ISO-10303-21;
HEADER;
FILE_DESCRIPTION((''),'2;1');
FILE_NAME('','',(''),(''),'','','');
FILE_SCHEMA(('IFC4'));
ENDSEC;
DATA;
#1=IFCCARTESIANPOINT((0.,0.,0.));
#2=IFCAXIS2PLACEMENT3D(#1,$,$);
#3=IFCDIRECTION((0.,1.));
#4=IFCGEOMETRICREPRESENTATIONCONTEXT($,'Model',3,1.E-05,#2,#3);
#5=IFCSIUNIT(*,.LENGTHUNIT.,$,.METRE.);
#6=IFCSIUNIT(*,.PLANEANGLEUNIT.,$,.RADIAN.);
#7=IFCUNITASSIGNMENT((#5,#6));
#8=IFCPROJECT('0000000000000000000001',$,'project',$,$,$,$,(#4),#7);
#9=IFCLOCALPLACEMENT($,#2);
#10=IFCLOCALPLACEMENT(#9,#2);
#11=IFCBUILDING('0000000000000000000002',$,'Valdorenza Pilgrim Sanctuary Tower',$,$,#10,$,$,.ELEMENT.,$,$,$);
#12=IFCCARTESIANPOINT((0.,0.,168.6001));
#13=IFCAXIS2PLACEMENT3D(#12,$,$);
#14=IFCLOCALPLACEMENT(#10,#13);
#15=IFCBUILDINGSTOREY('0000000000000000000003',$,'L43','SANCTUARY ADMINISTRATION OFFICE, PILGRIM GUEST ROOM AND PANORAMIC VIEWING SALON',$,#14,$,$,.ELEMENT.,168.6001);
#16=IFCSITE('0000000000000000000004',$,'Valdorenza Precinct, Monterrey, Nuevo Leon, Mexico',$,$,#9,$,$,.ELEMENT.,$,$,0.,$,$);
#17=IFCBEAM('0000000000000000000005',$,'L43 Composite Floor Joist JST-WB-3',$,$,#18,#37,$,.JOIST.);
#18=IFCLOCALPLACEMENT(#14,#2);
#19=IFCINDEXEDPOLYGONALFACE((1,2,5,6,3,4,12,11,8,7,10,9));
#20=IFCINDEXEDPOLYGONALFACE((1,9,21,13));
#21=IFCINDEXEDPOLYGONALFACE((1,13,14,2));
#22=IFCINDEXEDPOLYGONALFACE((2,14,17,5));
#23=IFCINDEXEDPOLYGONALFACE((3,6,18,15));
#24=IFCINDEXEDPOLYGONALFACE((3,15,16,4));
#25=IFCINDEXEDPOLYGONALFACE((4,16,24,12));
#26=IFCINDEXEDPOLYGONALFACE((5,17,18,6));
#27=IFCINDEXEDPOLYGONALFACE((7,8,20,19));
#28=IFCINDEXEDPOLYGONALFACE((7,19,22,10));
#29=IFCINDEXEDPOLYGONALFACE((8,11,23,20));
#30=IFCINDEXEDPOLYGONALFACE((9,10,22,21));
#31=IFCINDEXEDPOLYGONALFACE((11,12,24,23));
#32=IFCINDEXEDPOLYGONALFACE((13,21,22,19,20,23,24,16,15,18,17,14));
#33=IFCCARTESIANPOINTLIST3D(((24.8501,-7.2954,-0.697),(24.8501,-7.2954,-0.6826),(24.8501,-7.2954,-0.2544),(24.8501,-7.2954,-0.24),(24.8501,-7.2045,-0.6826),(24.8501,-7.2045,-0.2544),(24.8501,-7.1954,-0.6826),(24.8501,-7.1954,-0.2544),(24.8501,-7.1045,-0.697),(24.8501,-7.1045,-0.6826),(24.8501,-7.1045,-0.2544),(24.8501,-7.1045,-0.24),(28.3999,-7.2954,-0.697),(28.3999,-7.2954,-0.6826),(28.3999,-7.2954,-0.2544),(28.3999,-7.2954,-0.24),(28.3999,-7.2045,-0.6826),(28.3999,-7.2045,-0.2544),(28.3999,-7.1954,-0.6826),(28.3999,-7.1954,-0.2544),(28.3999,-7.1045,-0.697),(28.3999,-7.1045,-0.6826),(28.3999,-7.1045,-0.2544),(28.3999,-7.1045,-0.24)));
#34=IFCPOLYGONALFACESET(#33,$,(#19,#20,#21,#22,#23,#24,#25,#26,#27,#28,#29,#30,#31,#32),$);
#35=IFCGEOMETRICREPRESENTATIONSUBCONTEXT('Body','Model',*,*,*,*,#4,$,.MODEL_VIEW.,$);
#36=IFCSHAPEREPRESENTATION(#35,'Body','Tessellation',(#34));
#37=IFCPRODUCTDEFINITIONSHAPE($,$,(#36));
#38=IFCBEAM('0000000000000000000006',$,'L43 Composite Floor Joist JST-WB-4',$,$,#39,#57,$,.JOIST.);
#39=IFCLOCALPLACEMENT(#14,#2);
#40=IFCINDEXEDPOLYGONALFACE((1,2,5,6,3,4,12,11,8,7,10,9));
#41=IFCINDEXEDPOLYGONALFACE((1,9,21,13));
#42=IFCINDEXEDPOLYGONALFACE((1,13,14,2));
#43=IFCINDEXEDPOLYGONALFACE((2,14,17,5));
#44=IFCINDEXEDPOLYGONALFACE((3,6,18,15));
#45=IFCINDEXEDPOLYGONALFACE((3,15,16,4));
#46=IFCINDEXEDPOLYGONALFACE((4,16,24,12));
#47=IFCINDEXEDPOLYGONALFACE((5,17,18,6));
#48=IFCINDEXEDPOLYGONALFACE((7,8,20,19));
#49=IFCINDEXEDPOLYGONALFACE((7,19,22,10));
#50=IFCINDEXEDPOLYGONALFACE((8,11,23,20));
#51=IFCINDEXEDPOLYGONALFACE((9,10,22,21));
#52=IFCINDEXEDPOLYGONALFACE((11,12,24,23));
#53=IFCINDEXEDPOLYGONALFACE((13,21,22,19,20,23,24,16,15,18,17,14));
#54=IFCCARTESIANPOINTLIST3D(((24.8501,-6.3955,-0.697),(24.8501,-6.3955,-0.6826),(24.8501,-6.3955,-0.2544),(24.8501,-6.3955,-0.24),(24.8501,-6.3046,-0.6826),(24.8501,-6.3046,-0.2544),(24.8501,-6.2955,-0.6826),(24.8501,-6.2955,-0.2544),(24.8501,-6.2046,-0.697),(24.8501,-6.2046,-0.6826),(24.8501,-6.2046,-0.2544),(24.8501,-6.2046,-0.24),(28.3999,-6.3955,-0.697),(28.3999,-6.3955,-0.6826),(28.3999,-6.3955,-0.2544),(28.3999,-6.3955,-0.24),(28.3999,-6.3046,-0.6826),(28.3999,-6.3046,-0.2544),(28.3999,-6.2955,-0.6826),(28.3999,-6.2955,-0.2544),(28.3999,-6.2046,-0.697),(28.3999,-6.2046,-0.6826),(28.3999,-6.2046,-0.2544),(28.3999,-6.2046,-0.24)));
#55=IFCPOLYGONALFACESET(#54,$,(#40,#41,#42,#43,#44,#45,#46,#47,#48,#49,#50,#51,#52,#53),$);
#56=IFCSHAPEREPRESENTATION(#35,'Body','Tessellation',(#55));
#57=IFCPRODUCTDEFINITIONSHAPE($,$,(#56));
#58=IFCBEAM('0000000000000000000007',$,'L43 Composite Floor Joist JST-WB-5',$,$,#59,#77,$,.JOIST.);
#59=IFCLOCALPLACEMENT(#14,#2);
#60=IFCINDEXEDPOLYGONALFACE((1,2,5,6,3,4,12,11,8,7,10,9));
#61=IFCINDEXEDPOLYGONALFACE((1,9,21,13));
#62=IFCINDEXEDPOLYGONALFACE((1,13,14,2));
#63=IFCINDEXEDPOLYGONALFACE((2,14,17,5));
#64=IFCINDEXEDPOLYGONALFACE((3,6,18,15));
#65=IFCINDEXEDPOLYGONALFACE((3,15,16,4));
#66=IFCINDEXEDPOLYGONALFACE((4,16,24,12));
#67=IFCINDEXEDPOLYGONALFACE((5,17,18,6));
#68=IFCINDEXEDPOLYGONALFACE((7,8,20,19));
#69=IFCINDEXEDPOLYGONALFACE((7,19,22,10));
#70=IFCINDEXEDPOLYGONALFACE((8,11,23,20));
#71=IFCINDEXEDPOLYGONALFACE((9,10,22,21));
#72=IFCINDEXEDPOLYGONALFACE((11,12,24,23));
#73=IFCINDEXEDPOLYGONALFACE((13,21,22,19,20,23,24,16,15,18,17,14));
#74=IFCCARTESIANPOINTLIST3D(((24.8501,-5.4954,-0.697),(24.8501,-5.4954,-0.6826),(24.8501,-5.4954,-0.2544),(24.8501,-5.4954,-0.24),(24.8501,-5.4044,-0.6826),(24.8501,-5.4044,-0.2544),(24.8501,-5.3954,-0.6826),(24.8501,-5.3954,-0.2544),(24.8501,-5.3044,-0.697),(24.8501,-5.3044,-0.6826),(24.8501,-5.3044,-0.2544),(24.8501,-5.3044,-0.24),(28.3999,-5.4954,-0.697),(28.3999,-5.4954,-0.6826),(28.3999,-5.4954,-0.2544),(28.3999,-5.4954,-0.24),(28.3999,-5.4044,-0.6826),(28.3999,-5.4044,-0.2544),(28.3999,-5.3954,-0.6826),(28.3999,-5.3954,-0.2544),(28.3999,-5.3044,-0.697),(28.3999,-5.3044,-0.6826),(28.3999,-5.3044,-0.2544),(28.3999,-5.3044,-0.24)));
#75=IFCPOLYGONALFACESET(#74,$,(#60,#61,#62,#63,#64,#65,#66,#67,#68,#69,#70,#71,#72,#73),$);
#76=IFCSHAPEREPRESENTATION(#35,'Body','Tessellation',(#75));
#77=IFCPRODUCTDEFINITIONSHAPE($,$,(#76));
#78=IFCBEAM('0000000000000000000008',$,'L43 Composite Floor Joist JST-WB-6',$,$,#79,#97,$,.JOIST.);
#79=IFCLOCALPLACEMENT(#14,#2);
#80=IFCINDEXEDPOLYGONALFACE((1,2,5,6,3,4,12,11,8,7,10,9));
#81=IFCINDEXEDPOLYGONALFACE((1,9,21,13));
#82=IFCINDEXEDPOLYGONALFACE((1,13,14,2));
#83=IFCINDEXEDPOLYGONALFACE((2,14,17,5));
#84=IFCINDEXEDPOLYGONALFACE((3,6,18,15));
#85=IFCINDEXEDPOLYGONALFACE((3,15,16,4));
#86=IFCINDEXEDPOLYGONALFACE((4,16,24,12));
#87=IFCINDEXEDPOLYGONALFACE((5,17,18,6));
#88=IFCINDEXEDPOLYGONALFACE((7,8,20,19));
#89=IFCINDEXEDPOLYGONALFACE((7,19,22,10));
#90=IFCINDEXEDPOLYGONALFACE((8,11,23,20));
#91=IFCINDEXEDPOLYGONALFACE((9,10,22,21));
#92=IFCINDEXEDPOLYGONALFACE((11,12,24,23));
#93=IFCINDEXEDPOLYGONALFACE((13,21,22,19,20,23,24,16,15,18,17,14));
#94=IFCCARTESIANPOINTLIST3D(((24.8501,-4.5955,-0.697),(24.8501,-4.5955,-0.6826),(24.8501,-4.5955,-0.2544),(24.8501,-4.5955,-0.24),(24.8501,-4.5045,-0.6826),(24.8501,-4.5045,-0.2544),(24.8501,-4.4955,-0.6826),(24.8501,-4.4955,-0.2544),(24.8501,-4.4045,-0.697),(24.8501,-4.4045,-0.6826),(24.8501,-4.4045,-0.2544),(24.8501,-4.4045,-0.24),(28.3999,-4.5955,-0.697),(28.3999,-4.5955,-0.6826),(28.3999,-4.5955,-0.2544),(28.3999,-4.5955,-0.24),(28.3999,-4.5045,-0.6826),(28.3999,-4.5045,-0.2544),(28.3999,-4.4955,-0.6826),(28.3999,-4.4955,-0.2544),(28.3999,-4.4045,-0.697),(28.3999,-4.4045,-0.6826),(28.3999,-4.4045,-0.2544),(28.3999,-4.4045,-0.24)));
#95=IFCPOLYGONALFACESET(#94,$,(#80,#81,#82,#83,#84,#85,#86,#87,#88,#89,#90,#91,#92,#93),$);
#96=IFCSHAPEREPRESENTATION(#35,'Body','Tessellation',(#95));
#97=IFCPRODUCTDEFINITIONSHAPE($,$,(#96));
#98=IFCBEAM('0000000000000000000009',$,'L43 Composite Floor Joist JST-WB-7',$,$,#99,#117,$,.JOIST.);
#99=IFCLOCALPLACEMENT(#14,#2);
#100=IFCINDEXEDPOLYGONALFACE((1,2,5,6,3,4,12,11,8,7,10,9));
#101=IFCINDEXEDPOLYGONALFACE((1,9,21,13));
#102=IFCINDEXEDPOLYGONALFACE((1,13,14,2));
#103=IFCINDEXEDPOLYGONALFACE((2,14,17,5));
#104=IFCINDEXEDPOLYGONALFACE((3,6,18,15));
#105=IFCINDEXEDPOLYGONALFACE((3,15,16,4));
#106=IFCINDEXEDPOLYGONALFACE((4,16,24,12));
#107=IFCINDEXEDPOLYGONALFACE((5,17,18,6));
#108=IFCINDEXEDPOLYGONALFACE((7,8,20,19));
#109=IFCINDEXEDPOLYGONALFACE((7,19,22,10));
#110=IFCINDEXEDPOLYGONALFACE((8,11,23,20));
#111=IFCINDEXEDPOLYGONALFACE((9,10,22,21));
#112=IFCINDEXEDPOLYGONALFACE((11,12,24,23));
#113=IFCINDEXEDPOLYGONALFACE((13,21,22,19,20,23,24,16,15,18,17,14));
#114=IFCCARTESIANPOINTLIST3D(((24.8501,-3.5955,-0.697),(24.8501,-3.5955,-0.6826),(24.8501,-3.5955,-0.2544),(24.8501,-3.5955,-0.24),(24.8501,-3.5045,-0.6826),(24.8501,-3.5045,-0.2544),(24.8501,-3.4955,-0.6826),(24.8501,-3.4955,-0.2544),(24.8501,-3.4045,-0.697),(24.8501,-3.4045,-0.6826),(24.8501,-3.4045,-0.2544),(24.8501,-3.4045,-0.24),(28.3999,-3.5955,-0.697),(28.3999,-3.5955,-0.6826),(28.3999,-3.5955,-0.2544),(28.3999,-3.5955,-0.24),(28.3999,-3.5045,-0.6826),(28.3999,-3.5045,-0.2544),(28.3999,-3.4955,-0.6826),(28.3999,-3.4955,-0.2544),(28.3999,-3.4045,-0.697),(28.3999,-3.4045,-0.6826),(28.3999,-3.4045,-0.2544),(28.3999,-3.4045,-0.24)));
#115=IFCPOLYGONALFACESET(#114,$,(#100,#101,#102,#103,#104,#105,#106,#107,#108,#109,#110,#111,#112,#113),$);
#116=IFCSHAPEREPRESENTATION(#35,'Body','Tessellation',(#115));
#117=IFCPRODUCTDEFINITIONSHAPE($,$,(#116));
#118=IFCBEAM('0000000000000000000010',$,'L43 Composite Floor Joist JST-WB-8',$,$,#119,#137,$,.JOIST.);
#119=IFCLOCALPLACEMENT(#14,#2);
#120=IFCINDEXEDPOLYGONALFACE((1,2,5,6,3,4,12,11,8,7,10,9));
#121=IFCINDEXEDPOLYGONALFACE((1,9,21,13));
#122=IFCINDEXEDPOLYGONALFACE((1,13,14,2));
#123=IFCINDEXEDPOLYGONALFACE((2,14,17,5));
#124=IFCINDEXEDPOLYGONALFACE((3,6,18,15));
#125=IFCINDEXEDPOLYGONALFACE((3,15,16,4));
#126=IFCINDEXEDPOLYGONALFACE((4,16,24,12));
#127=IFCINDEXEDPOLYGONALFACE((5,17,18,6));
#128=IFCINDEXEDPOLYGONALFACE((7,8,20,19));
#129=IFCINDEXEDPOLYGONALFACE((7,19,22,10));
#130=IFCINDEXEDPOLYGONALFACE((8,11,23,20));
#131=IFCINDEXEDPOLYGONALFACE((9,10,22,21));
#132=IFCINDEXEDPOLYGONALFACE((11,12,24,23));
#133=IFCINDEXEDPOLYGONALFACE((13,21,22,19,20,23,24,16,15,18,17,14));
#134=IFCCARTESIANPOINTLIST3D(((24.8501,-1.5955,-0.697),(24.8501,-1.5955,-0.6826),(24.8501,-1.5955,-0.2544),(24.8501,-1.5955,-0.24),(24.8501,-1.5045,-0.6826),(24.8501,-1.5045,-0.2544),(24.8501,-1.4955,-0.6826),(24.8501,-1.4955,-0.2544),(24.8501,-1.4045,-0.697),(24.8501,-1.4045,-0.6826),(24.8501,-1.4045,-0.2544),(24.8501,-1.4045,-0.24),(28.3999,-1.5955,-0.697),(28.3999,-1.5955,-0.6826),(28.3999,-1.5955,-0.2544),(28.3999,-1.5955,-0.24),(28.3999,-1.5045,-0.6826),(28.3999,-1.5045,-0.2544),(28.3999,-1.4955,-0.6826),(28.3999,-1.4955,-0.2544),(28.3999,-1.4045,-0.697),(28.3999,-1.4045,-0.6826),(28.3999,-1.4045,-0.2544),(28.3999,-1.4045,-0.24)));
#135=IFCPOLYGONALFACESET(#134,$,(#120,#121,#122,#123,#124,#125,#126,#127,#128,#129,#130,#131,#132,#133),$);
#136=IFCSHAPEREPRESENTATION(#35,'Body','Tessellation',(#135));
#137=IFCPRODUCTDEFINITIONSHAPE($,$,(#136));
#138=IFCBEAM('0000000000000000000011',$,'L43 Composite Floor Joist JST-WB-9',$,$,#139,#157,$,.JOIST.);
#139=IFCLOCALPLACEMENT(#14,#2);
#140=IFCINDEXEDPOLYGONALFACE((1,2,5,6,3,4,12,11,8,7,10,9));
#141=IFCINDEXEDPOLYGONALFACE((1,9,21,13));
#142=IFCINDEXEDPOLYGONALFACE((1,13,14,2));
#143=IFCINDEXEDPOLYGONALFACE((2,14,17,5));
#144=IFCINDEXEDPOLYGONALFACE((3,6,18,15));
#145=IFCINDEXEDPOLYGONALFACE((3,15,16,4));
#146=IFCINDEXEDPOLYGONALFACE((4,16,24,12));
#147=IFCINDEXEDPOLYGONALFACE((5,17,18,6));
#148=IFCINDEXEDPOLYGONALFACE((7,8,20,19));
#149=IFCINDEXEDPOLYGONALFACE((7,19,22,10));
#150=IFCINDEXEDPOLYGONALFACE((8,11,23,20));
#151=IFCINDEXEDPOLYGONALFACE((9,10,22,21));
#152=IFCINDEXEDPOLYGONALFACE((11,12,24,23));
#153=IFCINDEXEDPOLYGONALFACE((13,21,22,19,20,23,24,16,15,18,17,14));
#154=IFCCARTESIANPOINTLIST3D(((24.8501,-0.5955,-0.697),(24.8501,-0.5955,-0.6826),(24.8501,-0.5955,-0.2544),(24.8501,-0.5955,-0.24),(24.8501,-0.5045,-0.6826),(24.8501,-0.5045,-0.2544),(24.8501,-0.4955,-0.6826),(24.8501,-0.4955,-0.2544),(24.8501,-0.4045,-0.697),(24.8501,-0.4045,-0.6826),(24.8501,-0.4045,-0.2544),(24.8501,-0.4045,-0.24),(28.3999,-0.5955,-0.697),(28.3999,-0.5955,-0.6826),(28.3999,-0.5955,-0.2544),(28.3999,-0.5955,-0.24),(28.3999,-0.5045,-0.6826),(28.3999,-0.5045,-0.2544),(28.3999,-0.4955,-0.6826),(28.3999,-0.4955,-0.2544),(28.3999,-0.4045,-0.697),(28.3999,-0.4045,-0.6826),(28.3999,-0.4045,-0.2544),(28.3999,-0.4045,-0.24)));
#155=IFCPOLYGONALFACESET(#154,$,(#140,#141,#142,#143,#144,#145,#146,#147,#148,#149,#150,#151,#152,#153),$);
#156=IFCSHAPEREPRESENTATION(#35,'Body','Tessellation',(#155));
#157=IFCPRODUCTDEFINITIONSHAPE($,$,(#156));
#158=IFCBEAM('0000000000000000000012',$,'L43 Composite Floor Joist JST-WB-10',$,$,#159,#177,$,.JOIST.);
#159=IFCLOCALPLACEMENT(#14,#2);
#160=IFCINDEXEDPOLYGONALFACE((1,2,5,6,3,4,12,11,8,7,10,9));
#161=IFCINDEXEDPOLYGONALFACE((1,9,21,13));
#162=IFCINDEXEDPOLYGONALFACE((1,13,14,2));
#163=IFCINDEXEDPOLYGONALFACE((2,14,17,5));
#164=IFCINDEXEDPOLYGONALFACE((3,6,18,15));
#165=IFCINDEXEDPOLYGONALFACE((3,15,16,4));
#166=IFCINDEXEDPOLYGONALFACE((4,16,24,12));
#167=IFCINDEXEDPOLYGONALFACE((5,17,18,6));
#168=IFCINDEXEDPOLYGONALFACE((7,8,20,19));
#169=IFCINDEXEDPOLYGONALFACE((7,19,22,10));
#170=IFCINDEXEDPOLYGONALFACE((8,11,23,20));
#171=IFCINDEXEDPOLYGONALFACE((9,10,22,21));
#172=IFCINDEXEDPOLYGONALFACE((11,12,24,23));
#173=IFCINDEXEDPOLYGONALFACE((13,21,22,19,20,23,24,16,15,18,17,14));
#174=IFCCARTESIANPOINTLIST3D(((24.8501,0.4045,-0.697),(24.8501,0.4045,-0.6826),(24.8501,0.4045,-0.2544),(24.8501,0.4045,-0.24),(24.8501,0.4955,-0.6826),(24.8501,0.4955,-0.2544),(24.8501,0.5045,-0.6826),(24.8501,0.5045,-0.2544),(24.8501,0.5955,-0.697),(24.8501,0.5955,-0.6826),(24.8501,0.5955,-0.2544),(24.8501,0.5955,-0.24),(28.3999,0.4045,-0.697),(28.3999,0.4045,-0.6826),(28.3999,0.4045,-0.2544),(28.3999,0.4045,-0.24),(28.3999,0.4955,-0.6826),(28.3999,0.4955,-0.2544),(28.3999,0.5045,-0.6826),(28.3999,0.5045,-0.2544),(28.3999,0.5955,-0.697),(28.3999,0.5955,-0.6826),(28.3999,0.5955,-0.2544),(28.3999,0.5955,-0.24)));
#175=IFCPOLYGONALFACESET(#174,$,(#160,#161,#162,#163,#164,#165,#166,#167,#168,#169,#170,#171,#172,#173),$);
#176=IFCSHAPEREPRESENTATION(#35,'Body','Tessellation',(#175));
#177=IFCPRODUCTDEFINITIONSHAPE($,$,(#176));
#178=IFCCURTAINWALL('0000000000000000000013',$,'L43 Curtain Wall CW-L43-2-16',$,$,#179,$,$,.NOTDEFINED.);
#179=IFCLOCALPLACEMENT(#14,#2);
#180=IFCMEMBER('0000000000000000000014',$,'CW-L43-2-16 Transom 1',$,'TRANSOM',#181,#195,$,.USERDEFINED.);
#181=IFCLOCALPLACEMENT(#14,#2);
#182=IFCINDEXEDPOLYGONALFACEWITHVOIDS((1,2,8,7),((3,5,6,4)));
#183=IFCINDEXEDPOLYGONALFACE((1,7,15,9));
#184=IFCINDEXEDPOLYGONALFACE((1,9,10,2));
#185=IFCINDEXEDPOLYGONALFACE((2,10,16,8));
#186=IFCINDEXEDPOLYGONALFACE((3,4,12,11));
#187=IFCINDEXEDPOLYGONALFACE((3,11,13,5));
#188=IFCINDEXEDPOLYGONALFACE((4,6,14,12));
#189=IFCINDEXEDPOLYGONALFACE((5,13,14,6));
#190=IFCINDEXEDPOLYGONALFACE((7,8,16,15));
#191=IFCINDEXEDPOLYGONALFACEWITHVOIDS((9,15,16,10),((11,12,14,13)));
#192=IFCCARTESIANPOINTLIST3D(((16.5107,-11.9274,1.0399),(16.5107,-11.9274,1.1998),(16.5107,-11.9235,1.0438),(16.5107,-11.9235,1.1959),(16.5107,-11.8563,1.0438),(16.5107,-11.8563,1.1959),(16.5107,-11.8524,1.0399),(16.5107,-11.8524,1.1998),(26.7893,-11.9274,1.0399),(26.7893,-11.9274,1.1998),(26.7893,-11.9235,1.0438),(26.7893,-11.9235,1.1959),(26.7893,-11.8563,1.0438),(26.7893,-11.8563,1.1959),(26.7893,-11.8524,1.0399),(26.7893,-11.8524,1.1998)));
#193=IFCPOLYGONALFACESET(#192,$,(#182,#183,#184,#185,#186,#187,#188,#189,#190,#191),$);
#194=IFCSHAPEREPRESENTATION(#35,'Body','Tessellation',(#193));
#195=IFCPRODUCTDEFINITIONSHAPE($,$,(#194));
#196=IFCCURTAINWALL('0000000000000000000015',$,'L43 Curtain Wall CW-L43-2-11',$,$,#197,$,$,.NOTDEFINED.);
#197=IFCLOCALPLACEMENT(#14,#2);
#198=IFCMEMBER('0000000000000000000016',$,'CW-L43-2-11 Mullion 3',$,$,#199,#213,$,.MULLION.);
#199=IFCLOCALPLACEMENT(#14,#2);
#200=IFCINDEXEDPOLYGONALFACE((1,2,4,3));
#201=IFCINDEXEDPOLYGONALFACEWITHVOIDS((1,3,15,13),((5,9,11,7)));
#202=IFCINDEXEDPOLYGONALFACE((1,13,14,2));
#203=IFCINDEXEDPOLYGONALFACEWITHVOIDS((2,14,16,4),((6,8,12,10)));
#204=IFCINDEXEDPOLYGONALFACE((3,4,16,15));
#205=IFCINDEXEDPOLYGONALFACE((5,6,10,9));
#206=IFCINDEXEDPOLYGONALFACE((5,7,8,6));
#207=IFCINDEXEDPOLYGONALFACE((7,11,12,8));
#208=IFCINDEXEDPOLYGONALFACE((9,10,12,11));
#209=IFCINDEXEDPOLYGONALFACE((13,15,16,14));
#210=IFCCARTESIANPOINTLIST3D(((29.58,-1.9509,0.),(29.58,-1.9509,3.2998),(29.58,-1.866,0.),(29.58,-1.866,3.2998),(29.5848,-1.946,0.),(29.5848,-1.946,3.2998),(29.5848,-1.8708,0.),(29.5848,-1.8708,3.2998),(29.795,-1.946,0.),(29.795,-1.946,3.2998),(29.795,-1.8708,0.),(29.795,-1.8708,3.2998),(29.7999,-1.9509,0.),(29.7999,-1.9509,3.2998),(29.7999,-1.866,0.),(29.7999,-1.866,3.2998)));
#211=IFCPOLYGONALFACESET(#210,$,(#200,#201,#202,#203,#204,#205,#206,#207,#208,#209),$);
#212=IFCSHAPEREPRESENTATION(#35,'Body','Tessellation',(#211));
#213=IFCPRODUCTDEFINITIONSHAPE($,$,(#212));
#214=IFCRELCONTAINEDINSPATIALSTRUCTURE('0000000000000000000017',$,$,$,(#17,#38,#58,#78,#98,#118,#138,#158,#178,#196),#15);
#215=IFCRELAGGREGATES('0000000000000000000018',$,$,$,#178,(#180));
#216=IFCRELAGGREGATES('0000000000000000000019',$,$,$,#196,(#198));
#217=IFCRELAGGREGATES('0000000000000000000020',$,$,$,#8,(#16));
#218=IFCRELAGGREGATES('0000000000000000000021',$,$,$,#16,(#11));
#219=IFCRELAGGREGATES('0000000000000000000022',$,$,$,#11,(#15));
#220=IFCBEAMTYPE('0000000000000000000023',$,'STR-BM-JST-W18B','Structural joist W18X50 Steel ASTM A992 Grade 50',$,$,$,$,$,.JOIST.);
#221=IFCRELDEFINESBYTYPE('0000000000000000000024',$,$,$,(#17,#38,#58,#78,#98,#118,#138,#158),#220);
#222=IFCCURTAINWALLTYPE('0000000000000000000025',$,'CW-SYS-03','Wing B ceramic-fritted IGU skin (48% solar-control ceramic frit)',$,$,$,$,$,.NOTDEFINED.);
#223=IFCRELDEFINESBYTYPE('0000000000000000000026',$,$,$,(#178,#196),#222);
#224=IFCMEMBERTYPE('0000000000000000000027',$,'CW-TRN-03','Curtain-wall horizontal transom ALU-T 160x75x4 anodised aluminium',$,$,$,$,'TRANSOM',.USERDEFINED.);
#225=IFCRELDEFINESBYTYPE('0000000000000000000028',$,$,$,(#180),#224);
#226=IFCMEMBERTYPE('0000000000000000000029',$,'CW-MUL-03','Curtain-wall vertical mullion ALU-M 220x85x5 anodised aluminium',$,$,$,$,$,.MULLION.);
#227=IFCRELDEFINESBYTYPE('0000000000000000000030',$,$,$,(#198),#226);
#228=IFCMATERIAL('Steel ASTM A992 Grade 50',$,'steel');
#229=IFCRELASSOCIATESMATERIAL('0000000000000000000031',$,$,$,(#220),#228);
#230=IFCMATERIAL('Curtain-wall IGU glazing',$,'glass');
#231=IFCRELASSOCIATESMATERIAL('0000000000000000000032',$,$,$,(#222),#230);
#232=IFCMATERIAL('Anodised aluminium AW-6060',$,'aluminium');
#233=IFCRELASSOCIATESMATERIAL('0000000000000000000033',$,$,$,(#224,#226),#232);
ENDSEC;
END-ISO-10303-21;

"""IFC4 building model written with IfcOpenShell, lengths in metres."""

from ifc_helpers import new_model, si_unit, direction, frame, origin, origin_2d, place, context, subcontext, project, spatial, hollow_rectangle, i_section, extrude, source, transform, mapped, material, material_profile, profile_set, type_object, element, aggregate, save


model = new_model("IFC4")

# Units and contexts
model_context = context("Model", 3, precision=1e-05, world=origin(), true_north=direction((0.0, 1.0)))
body_context = subcontext(model_context, "Body", "Model", "MODEL_VIEW")
ifc_project = project(units=[si_unit("LENGTHUNIT", "METRE"), si_unit("PLANEANGLEUNIT", "RADIAN")], contexts=[model_context])

# Site, building, storey
site_placement = place(None, origin())
site = spatial("IfcSite", under=ifc_project, at=site_placement, Name="Valdorenza Precinct, Monterrey, Nuevo Leon, Mexico", CompositionType="ELEMENT", RefElevation=0.0)
building_placement = place(site_placement, origin())
building = spatial("IfcBuilding", under=site, at=building_placement, Name="Valdorenza Pilgrim Sanctuary Tower", CompositionType="ELEMENT")
storey_placement = place(building_placement, frame((0.0, 0.0, 168.6001)))
storey = spatial("IfcBuildingStorey", under=building, at=storey_placement, Name="L43", Description="SANCTUARY ADMINISTRATION OFFICE, PILGRIM GUEST ROOM AND PANORAMIC VIEWING SALON", CompositionType="ELEMENT", Elevation=168.6001)

# Shared definitions
ifc_material_1 = material(Name="Steel ASTM A992 Grade 50", Category="steel")

# Beams
ifc_material_profile_1 = material_profile(ifc_material_1, i_section(OverallWidth=0.1909, OverallDepth=0.457, WebThickness=0.009, FlangeThickness=0.0144, at=origin_2d()), Name="W18X50")
ifc_profile_set_1 = profile_set([ifc_material_profile_1], Name="Steel ASTM A992 Grade 50")
beam_type_1 = type_object("IfcBeamType", Name="STR-BM-JST-W18B", Description="Structural joist W18X50 Steel ASTM A992 Grade 50", PredefinedType="JOIST", material=ifc_profile_set_1)
shared_shape_1 = source(origin(), body_context, "Body", "SweptSolid", [
    extrude(i_section(OverallWidth=0.1909, OverallDepth=0.457, WebThickness=0.009, FlangeThickness=0.0144, at=origin_2d()), origin(), (0.0, 0.0, 1.0), 3.5498),
])
for number, where, z_axis, x_axis, name in (
    (1, (24.8501, -7.2, -0.4685), (1.0, 0.0, 0.0), (0.0, 1.0, 0.0), "L43 Composite Floor Joist JST-WB-3"),
    (2, (24.8501, -6.3, -0.4685), (1.0, 0.0, 0.0), (0.0, 1.0, 0.0), "L43 Composite Floor Joist JST-WB-4"),
    (3, (24.8501, -5.3999, -0.4685), (1.0, 0.0, 0.0), (0.0, 1.0, 0.0), "L43 Composite Floor Joist JST-WB-5"),
    (4, (24.8501, -4.5, -0.4685), (1.0, 0.0, 0.0), (0.0, 1.0, 0.0), "L43 Composite Floor Joist JST-WB-6"),
    (5, (24.8501, -3.5, -0.4685), (1.0, 0.0, 0.0), (0.0, 1.0, 0.0), "L43 Composite Floor Joist JST-WB-7"),
    (6, (24.8501, -1.5, -0.4685), (1.0, 0.0, 0.0), (0.0, 1.0, 0.0), "L43 Composite Floor Joist JST-WB-8"),
    (7, (24.8501, -0.5, -0.4685), (1.0, 0.0, 0.0), (0.0, 1.0, 0.0), "L43 Composite Floor Joist JST-WB-9"),
    (8, (24.8501, 0.5, -0.4685), (1.0, 0.0, 0.0), (0.0, 1.0, 0.0), "L43 Composite Floor Joist JST-WB-10"),
):
    element("IfcBeam", number, at=place(storey_placement, frame(where, z_axis=z_axis, x_axis=x_axis)), inside=storey, type_object=beam_type_1, Name=name, PredefinedType="JOIST", context=body_context, shape_type="MappedRepresentation", body=[
        mapped(shared_shape_1, transform((0.0, 0.0, 0.0), x_axis=(1.0, 0.0, 0.0), y_axis=(0.0, 1.0, 0.0), z_axis=(0.0, 0.0, 1.0), scale=1.0)),
    ])

# Curtain wall, member
ifc_material_2 = material(Name="Curtain-wall IGU glazing", Category="glass")
curtain_wall_type = type_object("IfcCurtainWallType", Name="CW-SYS-03", Description="Wing B ceramic-fritted IGU skin (48% solar-control ceramic frit)", PredefinedType="NOTDEFINED", material=ifc_material_2)
curtain_wall_1_placement = place(storey_placement, origin())
curtain_wall_1 = element("IfcCurtainWall", 9, at=curtain_wall_1_placement, inside=storey, type_object=curtain_wall_type, Name="L43 Curtain Wall CW-L43-2-16", PredefinedType="NOTDEFINED")
ifc_material_3 = material(Name="Anodised aluminium AW-6060", Category="aluminium")
ifc_material_profile_2 = material_profile(ifc_material_3, hollow_rectangle(XDim=0.075, YDim=0.1599, WallThickness=0.0039, at=origin_2d()), Name="ALU-T 160x75x4")
ifc_profile_set_2 = profile_set([ifc_material_profile_2], Name="Anodised aluminium AW-6060")
member_type_1 = type_object("IfcMemberType", Name="CW-TRN-03", Description="Curtain-wall horizontal transom ALU-T 160x75x4 anodised aluminium", ElementType="TRANSOM", PredefinedType="USERDEFINED", material=ifc_profile_set_2)
shared_shape_2 = source(origin(), body_context, "Body", "SweptSolid", [
    extrude(hollow_rectangle(XDim=0.075, YDim=0.1599, WallThickness=0.0039, at=origin_2d()), origin(), (0.0, 0.0, 1.0), 10.2786),
])
member_1_placement = place(storey_placement, frame((26.7893, -11.8899, 1.1199), z_axis=(-1.0, 0.0, 0.0), x_axis=(0.0, -1.0, 0.0)))
member_1 = element("IfcMember", 10, at=member_1_placement, type_object=member_type_1, Name="CW-L43-2-16 Transom 1", ObjectType="TRANSOM", PredefinedType="USERDEFINED", context=body_context, shape_type="MappedRepresentation", body=[
    mapped(shared_shape_2, transform((0.0, 0.0, 0.0), x_axis=(1.0, 0.0, 0.0), y_axis=(0.0, 1.0, 0.0), z_axis=(0.0, 0.0, 1.0), scale=1.0)),
])

# Curtain wall, member
curtain_wall_2_placement = place(storey_placement, origin())
curtain_wall_2 = element("IfcCurtainWall", 11, at=curtain_wall_2_placement, inside=storey, type_object=curtain_wall_type, Name="L43 Curtain Wall CW-L43-2-11", PredefinedType="NOTDEFINED")
ifc_material_profile_3 = material_profile(ifc_material_3, hollow_rectangle(XDim=0.085, YDim=0.22, WallThickness=0.0049, at=origin_2d()), Name="ALU-M 220x85x5")
ifc_profile_set_3 = profile_set([ifc_material_profile_3], Name="Anodised aluminium AW-6060")
member_type_2 = type_object("IfcMemberType", Name="CW-MUL-03", Description="Curtain-wall vertical mullion ALU-M 220x85x5 anodised aluminium", PredefinedType="MULLION", material=ifc_profile_set_3)
shared_shape_3 = source(origin(), body_context, "Body", "SweptSolid", [
    extrude(hollow_rectangle(XDim=0.085, YDim=0.22, WallThickness=0.0049, at=origin_2d()), origin(), (0.0, 0.0, 1.0), 3.2998),
])
member_2_placement = place(storey_placement, frame((29.6899, -1.9084, 0.0), z_axis=(0.0, 0.0, 1.0), x_axis=(0.0, -1.0, 0.0)))
member_2 = element("IfcMember", 12, at=member_2_placement, type_object=member_type_2, Name="CW-L43-2-11 Mullion 3", PredefinedType="MULLION", context=body_context, shape_type="MappedRepresentation", body=[
    mapped(shared_shape_3, transform((0.0, 0.0, 0.0), x_axis=(1.0, 0.0, 0.0), y_axis=(0.0, 1.0, 0.0), z_axis=(0.0, 0.0, 1.0), scale=1.0)),
])

aggregate(curtain_wall_1, [member_1])

aggregate(curtain_wall_2, [member_2])

save(model, "model.ifc")
